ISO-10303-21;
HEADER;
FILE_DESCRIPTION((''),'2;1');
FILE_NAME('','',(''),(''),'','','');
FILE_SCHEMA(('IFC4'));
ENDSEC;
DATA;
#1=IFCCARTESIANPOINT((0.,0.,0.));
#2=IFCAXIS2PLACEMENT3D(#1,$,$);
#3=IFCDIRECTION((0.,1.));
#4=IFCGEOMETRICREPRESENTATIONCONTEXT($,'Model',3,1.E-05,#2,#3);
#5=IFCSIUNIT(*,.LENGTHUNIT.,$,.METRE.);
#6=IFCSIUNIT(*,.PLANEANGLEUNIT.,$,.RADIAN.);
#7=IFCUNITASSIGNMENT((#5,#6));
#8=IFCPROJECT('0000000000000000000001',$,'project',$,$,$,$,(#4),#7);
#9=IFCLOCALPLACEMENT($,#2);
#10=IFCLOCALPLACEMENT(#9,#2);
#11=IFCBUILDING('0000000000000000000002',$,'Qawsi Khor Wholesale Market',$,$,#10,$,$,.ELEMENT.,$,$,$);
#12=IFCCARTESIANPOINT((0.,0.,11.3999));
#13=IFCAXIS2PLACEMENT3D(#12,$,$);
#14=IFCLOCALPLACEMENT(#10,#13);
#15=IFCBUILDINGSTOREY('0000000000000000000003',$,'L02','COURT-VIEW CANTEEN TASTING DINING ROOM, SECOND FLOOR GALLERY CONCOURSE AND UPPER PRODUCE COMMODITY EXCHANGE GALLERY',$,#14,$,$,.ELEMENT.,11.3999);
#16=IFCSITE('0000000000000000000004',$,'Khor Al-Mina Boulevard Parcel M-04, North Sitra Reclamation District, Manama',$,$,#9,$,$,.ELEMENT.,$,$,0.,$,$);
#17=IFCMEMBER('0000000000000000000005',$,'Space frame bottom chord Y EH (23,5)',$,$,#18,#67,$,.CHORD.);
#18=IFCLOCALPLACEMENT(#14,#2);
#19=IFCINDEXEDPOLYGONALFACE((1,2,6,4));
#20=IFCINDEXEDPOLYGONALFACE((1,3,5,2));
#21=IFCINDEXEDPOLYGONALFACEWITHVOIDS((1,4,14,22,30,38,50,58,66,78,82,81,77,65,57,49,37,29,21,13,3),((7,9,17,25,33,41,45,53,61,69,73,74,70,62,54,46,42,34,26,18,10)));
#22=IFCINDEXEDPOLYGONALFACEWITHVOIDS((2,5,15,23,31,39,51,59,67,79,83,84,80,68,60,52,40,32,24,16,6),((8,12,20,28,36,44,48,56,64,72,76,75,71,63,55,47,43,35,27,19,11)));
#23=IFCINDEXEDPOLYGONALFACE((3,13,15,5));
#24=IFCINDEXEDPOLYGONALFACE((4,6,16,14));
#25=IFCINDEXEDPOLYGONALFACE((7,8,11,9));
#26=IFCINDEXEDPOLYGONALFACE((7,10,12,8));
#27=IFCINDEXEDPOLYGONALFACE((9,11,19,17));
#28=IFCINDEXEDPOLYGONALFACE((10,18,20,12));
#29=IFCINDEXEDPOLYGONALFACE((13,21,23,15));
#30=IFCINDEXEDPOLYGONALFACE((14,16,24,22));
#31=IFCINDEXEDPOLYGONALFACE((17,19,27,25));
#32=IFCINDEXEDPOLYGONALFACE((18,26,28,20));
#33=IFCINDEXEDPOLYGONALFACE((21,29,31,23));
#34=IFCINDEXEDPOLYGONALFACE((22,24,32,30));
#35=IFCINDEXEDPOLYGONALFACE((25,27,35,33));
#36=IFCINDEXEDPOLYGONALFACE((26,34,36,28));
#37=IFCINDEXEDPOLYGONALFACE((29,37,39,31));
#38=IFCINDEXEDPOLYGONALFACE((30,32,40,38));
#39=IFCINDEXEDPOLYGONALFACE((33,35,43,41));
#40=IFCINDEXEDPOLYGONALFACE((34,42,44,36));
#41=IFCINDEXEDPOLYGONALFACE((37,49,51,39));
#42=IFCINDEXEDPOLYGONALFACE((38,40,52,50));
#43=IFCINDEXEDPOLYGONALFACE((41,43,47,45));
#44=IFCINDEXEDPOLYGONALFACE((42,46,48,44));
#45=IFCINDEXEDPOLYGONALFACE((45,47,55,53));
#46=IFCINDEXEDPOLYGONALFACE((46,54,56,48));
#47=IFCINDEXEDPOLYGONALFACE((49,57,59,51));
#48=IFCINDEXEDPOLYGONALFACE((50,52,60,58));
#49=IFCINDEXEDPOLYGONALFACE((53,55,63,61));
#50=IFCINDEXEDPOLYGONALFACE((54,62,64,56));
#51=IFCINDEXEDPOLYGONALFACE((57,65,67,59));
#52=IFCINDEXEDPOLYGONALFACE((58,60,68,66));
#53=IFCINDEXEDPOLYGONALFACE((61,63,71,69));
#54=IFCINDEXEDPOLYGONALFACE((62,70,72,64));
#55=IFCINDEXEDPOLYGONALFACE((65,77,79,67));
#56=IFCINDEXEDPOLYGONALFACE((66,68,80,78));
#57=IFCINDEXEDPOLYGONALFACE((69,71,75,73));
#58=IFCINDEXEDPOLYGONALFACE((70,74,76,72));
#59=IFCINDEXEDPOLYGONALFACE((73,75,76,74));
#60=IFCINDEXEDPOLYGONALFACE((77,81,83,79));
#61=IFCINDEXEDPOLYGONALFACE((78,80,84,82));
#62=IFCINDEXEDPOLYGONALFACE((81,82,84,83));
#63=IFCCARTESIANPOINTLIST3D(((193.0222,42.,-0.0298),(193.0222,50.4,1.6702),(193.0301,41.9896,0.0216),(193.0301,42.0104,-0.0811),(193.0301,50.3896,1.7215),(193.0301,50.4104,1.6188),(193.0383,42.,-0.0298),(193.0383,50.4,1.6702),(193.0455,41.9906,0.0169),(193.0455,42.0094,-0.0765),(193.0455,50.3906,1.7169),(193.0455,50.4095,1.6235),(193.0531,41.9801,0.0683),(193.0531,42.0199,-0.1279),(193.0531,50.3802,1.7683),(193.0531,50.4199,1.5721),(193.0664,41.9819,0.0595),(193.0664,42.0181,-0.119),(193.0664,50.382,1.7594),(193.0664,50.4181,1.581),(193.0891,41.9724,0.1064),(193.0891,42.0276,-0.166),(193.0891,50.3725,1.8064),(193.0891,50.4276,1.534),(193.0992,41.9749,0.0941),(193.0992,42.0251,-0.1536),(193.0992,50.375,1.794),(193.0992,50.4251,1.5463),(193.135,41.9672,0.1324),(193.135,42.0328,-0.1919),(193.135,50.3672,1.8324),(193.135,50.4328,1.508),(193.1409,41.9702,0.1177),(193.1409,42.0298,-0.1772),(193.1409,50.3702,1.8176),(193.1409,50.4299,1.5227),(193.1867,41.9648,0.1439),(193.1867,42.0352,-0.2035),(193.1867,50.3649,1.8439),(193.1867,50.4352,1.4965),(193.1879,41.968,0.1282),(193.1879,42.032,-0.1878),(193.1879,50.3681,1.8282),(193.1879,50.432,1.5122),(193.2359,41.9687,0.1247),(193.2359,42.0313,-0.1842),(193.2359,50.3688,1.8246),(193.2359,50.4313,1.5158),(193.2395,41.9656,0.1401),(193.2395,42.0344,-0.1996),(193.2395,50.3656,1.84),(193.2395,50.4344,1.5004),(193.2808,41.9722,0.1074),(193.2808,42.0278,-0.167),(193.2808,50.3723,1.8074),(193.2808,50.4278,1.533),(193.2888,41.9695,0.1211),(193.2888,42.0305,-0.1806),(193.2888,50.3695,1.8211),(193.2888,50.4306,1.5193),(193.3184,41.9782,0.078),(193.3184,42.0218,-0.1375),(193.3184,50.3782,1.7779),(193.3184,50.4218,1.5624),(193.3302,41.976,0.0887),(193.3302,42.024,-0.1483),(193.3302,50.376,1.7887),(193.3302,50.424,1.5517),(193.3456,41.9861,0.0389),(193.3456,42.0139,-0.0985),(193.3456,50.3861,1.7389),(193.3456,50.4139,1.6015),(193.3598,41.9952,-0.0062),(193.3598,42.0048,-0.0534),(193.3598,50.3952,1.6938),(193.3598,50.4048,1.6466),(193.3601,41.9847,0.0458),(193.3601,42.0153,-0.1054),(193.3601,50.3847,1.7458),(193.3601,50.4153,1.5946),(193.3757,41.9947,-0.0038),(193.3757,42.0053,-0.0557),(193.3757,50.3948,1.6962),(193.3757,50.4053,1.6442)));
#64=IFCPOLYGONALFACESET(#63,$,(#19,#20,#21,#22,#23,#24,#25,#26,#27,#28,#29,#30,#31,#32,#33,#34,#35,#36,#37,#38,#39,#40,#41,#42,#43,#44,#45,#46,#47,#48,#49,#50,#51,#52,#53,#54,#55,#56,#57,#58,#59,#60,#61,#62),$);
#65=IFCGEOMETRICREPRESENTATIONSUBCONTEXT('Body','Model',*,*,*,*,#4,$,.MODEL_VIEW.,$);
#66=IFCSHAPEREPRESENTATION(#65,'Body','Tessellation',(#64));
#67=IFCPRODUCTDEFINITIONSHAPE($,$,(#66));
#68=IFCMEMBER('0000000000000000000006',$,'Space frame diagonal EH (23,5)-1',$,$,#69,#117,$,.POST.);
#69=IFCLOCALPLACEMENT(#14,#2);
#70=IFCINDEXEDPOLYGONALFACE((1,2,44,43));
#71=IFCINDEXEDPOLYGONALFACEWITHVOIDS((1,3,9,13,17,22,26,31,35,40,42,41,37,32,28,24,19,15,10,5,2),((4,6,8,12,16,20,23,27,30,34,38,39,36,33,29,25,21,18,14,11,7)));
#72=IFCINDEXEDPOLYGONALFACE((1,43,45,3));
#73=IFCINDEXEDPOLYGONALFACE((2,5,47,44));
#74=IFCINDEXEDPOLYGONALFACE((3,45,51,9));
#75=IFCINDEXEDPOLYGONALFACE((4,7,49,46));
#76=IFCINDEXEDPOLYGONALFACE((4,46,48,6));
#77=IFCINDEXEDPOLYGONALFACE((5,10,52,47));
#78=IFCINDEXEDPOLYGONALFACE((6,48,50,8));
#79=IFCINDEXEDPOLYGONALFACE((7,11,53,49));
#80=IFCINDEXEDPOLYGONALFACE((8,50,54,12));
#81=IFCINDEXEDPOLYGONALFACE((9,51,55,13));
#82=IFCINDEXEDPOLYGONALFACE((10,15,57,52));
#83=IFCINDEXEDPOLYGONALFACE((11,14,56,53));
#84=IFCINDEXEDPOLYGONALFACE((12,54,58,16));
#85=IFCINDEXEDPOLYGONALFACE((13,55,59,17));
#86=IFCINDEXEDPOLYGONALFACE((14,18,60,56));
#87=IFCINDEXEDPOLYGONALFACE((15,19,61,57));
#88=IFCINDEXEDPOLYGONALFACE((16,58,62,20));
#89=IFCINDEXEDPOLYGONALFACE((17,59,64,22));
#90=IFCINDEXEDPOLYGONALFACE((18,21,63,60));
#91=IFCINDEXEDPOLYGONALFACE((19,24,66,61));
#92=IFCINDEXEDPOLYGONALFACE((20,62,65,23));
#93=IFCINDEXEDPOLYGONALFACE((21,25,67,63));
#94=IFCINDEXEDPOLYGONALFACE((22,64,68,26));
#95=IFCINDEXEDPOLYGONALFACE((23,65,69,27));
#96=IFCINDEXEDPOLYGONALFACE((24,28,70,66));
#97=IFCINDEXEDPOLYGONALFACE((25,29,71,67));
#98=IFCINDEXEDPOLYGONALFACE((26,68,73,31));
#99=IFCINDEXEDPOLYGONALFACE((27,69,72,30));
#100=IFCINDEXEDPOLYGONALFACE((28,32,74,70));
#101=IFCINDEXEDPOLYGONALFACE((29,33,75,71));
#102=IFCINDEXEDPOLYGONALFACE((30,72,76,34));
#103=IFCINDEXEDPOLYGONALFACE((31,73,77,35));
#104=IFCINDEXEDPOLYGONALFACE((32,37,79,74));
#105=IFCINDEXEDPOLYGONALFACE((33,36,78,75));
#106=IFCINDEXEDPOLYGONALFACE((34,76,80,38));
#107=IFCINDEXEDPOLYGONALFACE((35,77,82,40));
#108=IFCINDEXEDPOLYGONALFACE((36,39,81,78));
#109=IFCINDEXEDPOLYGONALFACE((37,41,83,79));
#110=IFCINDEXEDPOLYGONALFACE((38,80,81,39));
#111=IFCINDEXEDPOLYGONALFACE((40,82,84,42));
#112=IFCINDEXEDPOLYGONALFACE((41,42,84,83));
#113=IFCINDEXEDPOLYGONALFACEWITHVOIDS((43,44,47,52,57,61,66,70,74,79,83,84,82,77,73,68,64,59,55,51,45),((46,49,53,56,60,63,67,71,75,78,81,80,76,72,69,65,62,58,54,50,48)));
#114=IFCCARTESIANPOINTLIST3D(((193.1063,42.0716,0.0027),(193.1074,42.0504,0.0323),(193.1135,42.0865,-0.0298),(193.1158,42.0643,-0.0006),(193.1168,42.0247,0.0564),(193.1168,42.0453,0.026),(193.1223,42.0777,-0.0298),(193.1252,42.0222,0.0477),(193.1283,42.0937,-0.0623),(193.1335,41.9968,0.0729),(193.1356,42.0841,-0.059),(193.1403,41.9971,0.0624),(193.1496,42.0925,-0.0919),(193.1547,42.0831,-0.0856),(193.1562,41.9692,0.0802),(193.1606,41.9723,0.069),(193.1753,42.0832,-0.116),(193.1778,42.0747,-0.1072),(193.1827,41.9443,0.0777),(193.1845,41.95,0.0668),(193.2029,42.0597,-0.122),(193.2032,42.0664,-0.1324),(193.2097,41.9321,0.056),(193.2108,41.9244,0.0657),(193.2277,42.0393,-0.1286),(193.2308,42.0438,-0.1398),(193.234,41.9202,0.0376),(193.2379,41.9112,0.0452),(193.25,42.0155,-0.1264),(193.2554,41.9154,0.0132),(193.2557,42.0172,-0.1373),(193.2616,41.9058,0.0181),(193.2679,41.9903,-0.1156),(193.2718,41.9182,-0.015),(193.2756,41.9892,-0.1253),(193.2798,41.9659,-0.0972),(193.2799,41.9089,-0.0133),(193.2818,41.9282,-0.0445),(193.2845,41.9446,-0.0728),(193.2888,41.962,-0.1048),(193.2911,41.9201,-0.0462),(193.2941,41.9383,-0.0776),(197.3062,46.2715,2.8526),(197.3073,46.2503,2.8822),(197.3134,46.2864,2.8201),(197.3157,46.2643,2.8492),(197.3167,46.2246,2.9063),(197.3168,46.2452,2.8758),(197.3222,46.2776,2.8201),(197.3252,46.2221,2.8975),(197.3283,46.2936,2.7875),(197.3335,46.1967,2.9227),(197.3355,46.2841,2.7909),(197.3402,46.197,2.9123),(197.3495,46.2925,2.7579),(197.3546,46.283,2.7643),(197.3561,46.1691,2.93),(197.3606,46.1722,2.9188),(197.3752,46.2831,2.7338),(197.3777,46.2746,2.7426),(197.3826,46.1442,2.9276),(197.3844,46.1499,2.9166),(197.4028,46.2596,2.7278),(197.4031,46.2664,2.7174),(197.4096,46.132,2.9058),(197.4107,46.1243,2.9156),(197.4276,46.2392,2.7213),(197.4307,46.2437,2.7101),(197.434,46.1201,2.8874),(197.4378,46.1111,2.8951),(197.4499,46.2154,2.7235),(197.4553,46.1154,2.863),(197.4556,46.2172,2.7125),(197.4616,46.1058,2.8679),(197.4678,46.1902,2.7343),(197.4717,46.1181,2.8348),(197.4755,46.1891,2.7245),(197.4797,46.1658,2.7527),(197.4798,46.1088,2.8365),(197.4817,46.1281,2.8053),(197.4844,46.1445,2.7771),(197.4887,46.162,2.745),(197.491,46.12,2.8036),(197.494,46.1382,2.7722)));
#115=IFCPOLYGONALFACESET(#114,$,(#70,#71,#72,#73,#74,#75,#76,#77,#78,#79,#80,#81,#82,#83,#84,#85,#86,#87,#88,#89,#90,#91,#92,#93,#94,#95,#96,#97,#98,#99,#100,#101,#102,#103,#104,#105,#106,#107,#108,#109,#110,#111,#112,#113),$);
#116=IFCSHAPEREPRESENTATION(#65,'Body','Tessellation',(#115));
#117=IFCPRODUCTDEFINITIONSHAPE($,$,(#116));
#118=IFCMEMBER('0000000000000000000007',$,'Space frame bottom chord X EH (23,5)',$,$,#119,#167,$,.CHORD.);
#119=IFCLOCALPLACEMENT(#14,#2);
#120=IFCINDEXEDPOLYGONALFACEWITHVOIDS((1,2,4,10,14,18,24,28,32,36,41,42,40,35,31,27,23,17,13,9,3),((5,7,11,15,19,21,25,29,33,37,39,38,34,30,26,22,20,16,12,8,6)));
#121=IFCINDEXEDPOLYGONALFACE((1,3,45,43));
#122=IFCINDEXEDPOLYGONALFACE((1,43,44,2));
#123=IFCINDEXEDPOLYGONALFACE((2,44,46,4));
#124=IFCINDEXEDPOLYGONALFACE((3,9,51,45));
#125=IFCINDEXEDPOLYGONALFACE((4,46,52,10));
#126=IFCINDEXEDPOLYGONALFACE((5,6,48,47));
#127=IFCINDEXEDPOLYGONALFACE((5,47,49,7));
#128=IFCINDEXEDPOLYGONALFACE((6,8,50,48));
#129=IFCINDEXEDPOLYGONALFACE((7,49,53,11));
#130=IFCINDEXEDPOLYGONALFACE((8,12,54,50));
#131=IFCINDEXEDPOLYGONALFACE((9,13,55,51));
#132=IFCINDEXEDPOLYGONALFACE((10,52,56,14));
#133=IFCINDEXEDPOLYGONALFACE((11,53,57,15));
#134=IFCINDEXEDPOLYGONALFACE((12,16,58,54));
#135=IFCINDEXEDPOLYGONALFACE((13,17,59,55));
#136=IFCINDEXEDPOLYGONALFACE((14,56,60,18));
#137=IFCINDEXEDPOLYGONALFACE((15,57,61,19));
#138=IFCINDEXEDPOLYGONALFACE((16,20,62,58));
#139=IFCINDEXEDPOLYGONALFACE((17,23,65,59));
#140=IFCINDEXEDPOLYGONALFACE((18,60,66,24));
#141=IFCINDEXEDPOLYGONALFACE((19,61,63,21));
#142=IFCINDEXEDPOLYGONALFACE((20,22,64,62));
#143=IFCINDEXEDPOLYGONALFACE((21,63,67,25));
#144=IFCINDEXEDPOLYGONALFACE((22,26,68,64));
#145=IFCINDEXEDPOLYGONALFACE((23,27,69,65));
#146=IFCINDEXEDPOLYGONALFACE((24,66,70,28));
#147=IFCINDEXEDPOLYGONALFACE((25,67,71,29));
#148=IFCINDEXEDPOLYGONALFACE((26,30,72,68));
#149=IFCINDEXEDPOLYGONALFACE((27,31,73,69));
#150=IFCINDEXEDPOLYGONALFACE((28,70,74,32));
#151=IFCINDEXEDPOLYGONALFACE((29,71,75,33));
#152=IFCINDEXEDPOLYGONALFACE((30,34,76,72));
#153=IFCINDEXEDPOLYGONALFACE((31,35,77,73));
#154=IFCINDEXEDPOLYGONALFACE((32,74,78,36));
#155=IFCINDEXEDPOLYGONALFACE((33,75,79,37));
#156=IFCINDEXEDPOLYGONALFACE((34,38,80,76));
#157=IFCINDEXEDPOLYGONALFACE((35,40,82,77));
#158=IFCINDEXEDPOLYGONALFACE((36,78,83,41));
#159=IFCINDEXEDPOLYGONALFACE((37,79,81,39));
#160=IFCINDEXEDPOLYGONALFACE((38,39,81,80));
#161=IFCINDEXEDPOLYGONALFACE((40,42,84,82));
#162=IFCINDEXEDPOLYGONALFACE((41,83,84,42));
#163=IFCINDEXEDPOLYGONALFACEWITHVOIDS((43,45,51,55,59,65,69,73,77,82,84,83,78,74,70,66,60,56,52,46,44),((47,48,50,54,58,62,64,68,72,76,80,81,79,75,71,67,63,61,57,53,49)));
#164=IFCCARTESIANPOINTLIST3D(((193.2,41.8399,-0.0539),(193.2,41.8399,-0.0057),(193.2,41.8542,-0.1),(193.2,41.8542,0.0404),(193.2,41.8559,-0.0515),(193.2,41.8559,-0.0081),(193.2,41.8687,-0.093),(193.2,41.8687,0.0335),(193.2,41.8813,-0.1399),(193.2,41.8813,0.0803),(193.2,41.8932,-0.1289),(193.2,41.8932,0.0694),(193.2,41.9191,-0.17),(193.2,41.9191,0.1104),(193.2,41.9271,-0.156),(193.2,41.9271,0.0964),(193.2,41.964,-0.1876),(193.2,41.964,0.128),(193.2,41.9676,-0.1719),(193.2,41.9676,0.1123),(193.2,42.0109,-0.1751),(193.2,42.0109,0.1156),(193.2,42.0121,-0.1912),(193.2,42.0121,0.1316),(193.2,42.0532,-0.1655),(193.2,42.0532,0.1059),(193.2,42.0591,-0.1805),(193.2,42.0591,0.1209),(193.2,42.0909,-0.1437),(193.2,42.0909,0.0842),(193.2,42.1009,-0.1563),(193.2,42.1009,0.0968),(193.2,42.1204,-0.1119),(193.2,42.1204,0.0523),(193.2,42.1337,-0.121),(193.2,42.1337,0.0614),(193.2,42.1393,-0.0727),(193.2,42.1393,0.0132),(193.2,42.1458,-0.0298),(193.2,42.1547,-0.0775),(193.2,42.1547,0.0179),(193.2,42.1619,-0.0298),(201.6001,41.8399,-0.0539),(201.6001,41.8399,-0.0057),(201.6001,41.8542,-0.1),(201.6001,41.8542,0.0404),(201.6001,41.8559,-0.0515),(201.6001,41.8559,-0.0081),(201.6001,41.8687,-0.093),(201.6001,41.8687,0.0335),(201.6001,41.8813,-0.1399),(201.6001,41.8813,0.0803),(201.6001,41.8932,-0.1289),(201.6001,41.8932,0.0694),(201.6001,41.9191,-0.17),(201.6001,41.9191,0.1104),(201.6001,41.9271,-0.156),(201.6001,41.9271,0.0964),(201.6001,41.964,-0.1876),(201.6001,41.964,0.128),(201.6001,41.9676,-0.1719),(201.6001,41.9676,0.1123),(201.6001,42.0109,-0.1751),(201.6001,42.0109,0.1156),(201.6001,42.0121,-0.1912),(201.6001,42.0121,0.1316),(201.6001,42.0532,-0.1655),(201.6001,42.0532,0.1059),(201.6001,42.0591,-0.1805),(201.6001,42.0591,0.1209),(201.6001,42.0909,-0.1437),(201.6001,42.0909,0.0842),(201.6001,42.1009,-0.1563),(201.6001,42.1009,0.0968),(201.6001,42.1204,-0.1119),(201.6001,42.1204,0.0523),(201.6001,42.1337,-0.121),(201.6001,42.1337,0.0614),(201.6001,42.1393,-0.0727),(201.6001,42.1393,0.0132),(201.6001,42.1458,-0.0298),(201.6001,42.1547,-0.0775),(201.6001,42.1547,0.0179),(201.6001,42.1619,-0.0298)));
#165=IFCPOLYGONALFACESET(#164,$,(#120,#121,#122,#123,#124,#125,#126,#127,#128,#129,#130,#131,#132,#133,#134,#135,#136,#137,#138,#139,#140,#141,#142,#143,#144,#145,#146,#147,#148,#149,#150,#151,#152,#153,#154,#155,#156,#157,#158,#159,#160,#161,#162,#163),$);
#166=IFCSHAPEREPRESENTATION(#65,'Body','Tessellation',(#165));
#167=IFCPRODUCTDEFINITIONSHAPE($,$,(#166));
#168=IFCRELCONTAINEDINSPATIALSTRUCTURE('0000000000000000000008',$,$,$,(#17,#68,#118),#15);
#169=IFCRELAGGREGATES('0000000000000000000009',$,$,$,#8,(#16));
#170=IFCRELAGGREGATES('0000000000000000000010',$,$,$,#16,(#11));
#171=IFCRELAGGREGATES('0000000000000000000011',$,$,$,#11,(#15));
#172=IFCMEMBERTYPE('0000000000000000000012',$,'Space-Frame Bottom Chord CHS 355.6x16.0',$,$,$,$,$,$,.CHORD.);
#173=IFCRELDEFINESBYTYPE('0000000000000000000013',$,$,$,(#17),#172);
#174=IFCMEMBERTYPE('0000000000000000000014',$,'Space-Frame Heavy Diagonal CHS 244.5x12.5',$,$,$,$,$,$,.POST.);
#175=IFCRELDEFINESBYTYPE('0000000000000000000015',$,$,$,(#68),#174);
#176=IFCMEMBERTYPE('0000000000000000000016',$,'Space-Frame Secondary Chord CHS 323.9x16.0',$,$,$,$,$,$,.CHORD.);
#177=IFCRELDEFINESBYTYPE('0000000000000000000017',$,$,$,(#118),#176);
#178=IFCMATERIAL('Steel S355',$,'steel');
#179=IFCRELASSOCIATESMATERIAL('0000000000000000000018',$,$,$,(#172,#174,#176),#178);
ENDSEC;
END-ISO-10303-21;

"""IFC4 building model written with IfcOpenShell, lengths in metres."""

from ifc_helpers import new_model, si_unit, direction, frame, origin, origin_2d, place, context, subcontext, project, spatial, hollow_circle, extrude, material, material_profile, profile_set, type_object, element, save


model = new_model("IFC4")

# Units and contexts
model_context = context("Model", 3, precision=1e-05, world=origin(), true_north=direction((0.0, 1.0)))
body_context = subcontext(model_context, "Body", "Model", "MODEL_VIEW")
ifc_project = project(units=[si_unit("LENGTHUNIT", "METRE"), si_unit("PLANEANGLEUNIT", "RADIAN")], contexts=[model_context])

# Site, building, storey
site_placement = place(None, origin())
site = spatial("IfcSite", under=ifc_project, at=site_placement, Name="Khor Al-Mina Boulevard Parcel M-04, North Sitra Reclamation District, Manama", CompositionType="ELEMENT", RefElevation=0.0)
building_placement = place(site_placement, origin())
building = spatial("IfcBuilding", under=site, at=building_placement, Name="Qawsi Khor Wholesale Market", CompositionType="ELEMENT")
storey_placement = place(building_placement, frame((0.0, 0.0, 11.3999)))
storey = spatial("IfcBuildingStorey", under=building, at=storey_placement, Name="L02", Description="COURT-VIEW CANTEEN TASTING DINING ROOM, SECOND FLOOR GALLERY CONCOURSE AND UPPER PRODUCE COMMODITY EXCHANGE GALLERY", CompositionType="ELEMENT", Elevation=11.3999)

# Members
ifc_material_1 = material(Name="Steel S355", Category="steel")
ifc_material_profile_1 = material_profile(ifc_material_1, hollow_circle(Radius=0.1777, WallThickness=0.0161, at=origin_2d()), Name="CHS 355.6x16.0")
ifc_profile_set_1 = profile_set([ifc_material_profile_1], Name="Steel S355")
member_type_1 = type_object("IfcMemberType", Name="Space-Frame Bottom Chord CHS 355.6x16.0", PredefinedType="CHORD", material=ifc_profile_set_1)
member_1_placement = place(storey_placement, frame((193.2, 42.0, -0.0298), z_axis=(0.0, 0.98013, 0.198356), x_axis=(-1.0, 0.0, 0.0)))
element("IfcMember", 1, at=member_1_placement, inside=storey, type_object=member_type_1, Name="Space frame bottom chord Y EH (23,5)", PredefinedType="CHORD", context=body_context, shape_type="SweptSolid", body=[
    extrude(hollow_circle(Radius=0.1777, WallThickness=0.0161, at=origin_2d()), origin(), (0.0, 0.0, 1.0), 8.5703),
])
ifc_material_profile_2 = material_profile(ifc_material_1, hollow_circle(Radius=0.1223, WallThickness=0.0125, at=origin_2d()), Name="CHS 244.5x12.5")
ifc_profile_set_2 = profile_set([ifc_material_profile_2], Name="Steel S355")
member_type_2 = type_object("IfcMemberType", Name="Space-Frame Heavy Diagonal CHS 244.5x12.5", PredefinedType="POST", material=ifc_profile_set_2)
member_2_placement = place(storey_placement, frame((193.2, 42.0, -0.0298), z_axis=(0.637522, 0.637522, 0.432587), x_axis=(-0.707107, 0.707107, 0.0)))
element("IfcMember", 2, at=member_2_placement, inside=storey, type_object=member_type_2, Name="Space frame diagonal EH (23,5)-1", PredefinedType="POST", context=body_context, shape_type="SweptSolid", body=[
    extrude(hollow_circle(Radius=0.1223, WallThickness=0.0125, at=origin_2d()), origin(), (0.0, 0.0, 1.0), 6.5879),
])
ifc_material_profile_3 = material_profile(ifc_material_1, hollow_circle(Radius=0.1619, WallThickness=0.0161, at=origin_2d()), Name="CHS 323.9x16.0")
ifc_profile_set_3 = profile_set([ifc_material_profile_3], Name="Steel S355")
member_type_3 = type_object("IfcMemberType", Name="Space-Frame Secondary Chord CHS 323.9x16.0", PredefinedType="CHORD", material=ifc_profile_set_3)
member_3_placement = place(storey_placement, frame((193.2, 42.0, -0.0298), z_axis=(1.0, 0.0, 0.0), x_axis=(0.0, 1.0, 0.0)))
element("IfcMember", 3, at=member_3_placement, inside=storey, type_object=member_type_3, Name="Space frame bottom chord X EH (23,5)", PredefinedType="CHORD", context=body_context, shape_type="SweptSolid", body=[
    extrude(hollow_circle(Radius=0.1619, WallThickness=0.0161, at=origin_2d()), origin(), (0.0, 0.0, 1.0), 8.4001),
])

save(model, "model.ifc")
